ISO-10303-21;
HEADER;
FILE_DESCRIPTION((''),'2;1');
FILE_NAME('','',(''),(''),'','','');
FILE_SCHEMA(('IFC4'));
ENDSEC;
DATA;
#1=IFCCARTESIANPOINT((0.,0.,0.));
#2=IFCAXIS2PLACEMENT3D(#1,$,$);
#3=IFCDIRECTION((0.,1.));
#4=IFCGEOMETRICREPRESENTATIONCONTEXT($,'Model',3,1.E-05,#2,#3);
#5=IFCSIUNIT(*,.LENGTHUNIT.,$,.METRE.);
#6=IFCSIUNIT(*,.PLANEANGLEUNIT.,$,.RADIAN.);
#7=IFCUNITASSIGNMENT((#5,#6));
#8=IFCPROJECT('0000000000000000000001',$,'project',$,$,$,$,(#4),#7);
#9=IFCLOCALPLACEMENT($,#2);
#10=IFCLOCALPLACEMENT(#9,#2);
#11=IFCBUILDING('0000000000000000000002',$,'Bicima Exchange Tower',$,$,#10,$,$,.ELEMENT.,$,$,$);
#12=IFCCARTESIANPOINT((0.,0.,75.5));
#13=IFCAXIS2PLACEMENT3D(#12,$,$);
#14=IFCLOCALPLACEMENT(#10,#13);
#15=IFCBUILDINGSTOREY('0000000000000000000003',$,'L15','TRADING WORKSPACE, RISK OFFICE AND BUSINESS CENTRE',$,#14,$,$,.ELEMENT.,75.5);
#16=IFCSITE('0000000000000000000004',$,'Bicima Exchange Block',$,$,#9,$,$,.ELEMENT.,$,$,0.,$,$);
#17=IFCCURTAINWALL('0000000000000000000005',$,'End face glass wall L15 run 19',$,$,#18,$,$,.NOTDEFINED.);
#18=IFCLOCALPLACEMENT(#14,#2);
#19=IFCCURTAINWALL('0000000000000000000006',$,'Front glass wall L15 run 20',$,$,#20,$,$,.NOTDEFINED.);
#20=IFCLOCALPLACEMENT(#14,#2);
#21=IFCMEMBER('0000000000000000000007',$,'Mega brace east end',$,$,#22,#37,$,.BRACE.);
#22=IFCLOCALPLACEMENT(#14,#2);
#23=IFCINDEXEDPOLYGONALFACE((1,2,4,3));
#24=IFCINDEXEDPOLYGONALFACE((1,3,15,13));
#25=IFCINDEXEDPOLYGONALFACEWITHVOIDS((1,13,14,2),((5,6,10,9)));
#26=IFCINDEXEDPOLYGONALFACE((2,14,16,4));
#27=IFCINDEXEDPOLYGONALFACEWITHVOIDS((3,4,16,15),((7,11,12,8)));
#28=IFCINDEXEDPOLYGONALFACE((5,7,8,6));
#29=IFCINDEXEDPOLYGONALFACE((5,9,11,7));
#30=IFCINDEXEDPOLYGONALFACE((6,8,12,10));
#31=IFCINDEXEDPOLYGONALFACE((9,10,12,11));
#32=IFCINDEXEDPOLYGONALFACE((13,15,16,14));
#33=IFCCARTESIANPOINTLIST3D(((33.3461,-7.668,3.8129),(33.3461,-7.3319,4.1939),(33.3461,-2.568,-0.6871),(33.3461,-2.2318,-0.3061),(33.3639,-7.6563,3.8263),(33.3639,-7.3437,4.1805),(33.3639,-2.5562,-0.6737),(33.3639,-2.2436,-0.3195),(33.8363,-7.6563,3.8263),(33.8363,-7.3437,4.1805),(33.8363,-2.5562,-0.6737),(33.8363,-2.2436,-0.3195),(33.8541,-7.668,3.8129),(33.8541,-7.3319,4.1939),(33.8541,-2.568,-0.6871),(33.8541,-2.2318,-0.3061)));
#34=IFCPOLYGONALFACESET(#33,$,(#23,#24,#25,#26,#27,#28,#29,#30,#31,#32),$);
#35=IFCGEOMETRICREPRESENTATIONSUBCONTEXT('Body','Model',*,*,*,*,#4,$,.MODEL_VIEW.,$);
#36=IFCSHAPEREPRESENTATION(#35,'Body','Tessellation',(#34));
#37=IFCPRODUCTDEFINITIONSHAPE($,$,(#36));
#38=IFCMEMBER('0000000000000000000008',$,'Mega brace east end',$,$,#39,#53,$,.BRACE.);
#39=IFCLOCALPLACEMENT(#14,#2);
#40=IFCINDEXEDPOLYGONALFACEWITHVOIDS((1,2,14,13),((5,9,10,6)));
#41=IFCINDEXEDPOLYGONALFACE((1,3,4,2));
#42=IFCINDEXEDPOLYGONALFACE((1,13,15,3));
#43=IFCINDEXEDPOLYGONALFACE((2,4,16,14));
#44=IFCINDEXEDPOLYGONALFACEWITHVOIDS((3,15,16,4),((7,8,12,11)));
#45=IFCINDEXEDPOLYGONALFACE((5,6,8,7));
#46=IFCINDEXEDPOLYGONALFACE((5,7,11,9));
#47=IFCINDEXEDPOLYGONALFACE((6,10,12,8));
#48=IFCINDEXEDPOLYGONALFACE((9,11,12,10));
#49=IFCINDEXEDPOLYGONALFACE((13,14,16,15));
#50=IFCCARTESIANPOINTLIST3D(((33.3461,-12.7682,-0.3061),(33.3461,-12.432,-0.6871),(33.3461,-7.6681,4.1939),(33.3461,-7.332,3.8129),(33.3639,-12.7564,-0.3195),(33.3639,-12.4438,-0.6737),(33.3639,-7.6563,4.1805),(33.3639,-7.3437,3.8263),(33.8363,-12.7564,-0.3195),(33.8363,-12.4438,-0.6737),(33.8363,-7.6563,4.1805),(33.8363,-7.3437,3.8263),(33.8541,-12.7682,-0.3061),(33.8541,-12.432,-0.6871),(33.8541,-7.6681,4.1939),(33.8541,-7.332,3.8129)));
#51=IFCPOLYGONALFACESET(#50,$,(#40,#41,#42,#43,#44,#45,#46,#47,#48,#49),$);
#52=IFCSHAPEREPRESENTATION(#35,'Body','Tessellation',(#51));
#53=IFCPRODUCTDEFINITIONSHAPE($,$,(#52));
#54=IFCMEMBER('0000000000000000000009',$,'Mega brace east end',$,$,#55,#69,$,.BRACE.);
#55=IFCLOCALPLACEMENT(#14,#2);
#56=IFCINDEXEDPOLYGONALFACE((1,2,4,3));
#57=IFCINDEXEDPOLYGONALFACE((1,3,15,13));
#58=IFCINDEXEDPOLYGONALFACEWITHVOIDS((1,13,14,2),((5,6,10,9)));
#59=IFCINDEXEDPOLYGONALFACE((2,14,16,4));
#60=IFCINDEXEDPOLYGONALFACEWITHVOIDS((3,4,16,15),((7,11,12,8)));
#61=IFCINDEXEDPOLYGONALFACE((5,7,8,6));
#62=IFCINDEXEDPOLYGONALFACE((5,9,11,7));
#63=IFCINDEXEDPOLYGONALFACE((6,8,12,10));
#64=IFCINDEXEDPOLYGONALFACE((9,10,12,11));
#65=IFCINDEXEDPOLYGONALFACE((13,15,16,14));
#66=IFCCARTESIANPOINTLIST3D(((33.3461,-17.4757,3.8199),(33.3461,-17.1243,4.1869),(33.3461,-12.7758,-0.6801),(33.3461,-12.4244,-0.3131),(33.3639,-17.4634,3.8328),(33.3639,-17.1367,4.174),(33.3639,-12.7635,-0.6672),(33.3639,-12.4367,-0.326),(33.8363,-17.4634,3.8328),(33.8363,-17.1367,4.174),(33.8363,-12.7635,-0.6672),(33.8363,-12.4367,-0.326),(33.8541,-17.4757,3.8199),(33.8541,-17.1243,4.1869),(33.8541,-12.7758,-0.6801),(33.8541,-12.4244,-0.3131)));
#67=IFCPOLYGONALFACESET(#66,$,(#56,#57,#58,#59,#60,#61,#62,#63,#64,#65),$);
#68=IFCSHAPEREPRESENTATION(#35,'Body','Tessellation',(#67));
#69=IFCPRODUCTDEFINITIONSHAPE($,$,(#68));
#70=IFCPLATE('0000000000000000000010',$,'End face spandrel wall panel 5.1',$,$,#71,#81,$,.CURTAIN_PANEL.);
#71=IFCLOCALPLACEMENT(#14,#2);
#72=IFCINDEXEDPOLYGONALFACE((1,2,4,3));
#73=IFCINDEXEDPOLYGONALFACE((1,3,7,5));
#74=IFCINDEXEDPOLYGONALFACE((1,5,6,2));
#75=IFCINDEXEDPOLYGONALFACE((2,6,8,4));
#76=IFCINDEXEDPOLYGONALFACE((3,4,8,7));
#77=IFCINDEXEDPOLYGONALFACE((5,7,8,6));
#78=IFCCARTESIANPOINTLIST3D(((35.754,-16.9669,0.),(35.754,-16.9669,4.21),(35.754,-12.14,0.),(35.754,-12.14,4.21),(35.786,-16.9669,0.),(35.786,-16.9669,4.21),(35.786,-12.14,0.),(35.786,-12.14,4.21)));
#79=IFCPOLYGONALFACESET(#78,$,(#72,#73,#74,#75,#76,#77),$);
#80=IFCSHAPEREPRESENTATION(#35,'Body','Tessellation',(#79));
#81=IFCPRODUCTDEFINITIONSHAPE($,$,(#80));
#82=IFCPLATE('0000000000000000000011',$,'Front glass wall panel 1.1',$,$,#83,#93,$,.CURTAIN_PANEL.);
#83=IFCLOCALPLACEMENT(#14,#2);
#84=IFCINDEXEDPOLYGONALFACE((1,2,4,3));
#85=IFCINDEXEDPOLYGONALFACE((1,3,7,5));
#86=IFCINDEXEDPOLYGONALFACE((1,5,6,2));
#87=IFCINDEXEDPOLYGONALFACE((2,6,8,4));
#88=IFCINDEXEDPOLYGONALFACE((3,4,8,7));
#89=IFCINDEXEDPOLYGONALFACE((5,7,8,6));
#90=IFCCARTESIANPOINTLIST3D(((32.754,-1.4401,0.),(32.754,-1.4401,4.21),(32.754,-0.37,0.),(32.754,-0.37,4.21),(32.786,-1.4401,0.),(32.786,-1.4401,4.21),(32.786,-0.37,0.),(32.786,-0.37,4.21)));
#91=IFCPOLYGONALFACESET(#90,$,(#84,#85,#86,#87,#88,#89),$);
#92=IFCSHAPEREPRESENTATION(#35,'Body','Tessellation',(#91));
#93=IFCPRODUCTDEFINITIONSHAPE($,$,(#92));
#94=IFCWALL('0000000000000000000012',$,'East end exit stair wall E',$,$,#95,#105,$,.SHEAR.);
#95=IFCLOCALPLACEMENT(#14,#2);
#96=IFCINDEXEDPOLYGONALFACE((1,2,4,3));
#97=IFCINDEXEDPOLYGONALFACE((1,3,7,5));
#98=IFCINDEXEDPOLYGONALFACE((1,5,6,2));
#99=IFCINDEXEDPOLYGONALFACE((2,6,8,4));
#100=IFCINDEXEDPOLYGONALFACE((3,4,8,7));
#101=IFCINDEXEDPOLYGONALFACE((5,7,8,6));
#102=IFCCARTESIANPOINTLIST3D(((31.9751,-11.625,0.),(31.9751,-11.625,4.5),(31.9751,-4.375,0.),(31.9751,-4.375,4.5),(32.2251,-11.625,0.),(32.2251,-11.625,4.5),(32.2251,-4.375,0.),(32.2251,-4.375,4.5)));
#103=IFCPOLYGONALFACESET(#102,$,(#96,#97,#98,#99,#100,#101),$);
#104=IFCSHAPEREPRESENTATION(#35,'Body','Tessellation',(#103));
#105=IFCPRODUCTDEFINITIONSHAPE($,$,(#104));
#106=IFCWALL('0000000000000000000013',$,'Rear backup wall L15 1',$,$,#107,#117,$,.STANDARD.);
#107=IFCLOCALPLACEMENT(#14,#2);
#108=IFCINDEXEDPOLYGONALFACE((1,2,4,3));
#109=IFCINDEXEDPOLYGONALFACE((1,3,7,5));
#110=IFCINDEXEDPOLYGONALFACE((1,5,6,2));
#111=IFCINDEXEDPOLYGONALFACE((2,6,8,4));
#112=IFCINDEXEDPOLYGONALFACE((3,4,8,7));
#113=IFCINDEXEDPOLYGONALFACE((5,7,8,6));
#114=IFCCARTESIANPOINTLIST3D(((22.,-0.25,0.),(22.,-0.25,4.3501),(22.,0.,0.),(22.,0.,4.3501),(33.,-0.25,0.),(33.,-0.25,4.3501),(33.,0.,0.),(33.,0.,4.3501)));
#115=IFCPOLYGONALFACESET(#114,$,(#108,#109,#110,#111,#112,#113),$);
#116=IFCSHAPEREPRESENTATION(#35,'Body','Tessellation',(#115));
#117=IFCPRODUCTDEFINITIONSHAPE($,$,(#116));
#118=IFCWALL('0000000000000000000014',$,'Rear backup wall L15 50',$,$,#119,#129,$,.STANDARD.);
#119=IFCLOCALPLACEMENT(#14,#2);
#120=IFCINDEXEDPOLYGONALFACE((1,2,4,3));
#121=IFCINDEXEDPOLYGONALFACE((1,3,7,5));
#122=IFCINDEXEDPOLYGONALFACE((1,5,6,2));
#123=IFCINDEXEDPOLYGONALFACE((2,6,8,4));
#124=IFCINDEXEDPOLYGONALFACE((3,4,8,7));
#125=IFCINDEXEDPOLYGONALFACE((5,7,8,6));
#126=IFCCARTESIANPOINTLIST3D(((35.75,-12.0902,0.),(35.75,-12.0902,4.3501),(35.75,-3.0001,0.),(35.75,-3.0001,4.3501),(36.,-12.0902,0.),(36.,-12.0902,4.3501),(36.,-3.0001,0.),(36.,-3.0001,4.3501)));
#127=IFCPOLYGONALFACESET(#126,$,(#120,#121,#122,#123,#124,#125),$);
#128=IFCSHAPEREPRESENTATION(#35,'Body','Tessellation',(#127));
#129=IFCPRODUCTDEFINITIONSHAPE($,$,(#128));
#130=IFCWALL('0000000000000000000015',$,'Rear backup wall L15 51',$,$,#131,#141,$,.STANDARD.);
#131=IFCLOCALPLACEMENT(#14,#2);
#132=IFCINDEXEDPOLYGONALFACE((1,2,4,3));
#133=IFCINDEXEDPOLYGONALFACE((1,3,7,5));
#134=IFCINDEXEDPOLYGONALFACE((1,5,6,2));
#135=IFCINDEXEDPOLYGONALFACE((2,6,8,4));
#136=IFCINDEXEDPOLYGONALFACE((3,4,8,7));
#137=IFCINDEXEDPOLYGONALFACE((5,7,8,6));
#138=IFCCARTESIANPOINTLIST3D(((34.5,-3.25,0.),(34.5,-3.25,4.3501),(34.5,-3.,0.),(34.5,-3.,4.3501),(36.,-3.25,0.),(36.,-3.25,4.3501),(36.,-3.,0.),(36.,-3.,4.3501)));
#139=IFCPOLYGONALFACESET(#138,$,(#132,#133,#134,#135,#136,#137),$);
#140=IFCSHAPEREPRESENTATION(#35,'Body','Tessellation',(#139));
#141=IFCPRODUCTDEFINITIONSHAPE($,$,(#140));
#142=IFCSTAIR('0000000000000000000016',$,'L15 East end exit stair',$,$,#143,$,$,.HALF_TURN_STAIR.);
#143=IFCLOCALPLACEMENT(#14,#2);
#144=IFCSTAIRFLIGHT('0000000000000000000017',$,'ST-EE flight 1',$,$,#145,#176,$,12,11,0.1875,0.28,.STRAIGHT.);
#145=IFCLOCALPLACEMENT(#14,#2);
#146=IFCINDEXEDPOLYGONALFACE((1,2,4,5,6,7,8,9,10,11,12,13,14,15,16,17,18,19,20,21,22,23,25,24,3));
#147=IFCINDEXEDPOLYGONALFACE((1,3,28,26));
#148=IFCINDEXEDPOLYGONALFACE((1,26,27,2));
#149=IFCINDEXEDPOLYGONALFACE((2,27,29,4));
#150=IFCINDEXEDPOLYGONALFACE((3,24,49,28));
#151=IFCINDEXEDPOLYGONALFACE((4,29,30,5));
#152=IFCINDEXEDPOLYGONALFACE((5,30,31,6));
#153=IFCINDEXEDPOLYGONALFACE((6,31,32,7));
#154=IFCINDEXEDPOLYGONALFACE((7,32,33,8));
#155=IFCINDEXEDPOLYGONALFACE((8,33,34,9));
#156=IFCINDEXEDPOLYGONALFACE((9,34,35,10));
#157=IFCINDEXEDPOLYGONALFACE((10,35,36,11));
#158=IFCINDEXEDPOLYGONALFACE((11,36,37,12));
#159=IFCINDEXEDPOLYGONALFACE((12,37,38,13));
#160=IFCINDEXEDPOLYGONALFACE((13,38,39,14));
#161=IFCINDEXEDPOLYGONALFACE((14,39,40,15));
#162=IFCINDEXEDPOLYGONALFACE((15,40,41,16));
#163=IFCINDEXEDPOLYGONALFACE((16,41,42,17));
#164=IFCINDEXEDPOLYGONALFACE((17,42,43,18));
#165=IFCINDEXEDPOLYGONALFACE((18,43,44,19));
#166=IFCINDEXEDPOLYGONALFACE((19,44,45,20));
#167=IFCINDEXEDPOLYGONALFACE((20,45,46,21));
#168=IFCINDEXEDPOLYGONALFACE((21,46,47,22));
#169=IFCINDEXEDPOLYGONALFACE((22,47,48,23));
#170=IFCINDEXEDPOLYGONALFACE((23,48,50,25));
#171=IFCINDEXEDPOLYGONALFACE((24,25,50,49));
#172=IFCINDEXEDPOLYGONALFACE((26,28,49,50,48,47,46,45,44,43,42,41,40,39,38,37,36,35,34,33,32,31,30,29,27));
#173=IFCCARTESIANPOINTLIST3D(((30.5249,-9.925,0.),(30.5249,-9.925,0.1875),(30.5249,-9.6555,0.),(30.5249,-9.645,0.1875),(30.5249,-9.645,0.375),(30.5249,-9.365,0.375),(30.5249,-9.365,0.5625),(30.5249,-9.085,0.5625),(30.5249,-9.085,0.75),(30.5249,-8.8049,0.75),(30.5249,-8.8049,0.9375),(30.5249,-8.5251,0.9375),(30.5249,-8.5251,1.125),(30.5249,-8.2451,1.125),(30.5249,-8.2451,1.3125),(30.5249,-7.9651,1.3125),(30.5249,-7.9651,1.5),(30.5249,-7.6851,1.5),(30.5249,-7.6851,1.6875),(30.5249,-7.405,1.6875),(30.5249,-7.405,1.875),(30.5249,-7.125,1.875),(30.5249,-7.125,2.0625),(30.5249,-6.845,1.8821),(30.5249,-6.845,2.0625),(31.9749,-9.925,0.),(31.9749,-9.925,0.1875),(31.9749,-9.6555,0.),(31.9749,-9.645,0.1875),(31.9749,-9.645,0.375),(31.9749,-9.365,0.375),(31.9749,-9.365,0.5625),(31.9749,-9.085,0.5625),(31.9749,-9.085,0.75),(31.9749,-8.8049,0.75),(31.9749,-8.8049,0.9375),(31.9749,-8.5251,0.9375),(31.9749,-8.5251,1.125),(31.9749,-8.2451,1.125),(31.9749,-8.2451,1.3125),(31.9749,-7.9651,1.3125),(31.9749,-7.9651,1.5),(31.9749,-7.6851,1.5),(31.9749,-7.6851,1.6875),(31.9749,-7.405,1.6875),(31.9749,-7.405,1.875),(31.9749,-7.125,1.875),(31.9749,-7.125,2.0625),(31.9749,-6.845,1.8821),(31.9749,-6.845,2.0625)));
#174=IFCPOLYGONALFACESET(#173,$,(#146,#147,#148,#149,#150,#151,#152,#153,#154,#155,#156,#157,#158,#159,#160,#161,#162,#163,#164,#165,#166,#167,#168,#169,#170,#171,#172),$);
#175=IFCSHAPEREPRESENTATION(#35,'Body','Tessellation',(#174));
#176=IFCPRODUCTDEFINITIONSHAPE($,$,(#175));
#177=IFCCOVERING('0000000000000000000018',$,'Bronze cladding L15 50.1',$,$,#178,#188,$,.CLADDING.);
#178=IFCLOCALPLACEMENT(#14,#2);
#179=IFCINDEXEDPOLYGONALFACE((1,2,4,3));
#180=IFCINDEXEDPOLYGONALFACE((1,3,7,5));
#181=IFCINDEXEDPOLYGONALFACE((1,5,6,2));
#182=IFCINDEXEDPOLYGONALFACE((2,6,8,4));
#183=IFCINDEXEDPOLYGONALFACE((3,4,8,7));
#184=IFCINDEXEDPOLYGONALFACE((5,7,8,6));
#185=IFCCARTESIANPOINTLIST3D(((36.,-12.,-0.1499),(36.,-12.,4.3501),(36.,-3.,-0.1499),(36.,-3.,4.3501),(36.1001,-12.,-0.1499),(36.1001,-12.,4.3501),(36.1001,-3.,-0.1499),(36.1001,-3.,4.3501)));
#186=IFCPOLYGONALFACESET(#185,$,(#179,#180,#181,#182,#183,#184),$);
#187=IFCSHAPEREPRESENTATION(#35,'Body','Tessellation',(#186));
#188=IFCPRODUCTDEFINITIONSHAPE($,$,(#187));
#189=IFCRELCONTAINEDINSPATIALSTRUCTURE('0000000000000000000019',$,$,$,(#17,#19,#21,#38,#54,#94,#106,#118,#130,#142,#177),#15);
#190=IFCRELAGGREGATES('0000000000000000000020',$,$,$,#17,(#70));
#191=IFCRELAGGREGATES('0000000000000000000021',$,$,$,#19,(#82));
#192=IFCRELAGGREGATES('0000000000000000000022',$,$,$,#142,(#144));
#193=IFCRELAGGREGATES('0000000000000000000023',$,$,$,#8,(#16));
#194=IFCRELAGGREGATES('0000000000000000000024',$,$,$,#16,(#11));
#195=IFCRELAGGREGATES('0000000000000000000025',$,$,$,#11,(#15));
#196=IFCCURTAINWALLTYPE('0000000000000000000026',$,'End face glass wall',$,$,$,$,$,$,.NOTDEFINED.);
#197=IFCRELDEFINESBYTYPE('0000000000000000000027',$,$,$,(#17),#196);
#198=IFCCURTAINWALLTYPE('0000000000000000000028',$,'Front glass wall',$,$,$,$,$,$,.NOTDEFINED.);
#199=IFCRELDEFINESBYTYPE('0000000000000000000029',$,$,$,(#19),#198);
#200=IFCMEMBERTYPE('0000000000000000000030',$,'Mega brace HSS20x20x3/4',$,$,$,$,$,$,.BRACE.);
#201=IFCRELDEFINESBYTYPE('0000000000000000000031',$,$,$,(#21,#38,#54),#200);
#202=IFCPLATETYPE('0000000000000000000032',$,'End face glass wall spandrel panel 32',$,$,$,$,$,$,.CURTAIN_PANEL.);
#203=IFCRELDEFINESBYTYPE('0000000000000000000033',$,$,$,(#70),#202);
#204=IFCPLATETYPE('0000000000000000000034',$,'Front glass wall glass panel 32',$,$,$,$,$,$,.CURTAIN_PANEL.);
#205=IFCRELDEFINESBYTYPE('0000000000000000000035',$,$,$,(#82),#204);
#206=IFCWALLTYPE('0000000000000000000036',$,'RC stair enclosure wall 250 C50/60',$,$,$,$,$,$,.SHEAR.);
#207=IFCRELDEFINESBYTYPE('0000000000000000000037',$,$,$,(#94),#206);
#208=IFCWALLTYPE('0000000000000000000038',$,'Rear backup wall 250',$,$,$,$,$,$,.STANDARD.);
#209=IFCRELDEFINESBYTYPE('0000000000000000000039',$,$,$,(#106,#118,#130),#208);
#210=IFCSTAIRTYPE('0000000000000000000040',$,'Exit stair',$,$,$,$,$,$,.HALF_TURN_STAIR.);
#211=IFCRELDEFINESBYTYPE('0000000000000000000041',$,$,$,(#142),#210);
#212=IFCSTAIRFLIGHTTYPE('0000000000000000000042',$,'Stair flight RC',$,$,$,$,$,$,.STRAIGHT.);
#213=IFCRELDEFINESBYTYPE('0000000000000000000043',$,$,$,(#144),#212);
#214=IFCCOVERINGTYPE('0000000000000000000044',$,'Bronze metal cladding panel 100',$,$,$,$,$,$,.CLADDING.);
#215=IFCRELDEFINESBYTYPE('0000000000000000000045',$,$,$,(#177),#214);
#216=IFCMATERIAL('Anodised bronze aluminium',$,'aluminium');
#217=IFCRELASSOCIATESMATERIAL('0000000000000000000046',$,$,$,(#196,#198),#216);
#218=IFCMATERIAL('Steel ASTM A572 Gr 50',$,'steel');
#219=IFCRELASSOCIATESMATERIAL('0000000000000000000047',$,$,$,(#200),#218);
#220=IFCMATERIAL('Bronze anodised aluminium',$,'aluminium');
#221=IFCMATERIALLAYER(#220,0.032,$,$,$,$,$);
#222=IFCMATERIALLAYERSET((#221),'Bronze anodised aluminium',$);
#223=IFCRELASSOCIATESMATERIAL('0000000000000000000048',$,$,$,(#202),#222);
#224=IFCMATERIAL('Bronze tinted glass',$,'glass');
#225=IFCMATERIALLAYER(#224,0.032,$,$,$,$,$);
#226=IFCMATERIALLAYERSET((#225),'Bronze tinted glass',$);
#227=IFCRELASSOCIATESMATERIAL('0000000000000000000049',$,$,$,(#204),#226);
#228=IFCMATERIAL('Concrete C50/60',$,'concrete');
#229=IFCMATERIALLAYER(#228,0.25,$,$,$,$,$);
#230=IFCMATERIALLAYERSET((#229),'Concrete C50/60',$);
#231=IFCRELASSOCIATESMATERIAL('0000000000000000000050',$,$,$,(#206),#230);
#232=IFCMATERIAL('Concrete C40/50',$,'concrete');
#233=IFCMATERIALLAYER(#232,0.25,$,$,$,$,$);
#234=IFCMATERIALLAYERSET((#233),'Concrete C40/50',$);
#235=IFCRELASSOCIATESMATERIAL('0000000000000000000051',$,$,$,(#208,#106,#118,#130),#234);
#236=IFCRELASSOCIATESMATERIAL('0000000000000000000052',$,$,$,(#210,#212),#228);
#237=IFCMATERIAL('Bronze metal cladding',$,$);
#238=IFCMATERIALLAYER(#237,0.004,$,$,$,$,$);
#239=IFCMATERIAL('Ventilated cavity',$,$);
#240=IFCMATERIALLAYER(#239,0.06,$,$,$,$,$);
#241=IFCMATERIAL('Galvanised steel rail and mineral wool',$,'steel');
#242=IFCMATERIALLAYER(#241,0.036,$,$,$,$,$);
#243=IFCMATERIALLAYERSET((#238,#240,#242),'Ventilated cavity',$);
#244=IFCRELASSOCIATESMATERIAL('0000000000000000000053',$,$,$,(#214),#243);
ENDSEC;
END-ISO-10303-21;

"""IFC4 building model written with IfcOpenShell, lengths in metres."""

from ifc_helpers import new_model, si_unit, direction, frame, frame_2d, origin, origin_2d, place, context, subcontext, project, spatial, polyline, rectangle, hollow_rectangle, outline, extrude, material, layer, layer_set, layer_usage, material_profile, profile_set, type_object, element, aggregate, save


model = new_model("IFC4")

# Units and contexts
model_context = context("Model", 3, precision=1e-05, world=origin(), true_north=direction((0.0, 1.0)))
body_context = subcontext(model_context, "Body", "Model", "MODEL_VIEW")
ifc_project = project(units=[si_unit("LENGTHUNIT", "METRE"), si_unit("PLANEANGLEUNIT", "RADIAN")], contexts=[model_context])

# Site, building, storey
site_placement = place(None, origin())
site = spatial("IfcSite", under=ifc_project, at=site_placement, Name="Bicima Exchange Block", CompositionType="ELEMENT", RefElevation=0.0)
building_placement = place(site_placement, origin())
building = spatial("IfcBuilding", under=site, at=building_placement, Name="Bicima Exchange Tower", CompositionType="ELEMENT")
storey_placement = place(building_placement, frame((0.0, 0.0, 75.5)))
storey = spatial("IfcBuildingStorey", under=building, at=storey_placement, Name="L15", Description="TRADING WORKSPACE, RISK OFFICE AND BUSINESS CENTRE", CompositionType="ELEMENT", Elevation=75.5)

# Shared definitions
ifc_material_1 = material(Name="Steel ASTM A572 Gr 50", Category="steel")

# Curtain wall
ifc_material_2 = material(Name="Anodised bronze aluminium", Category="aluminium")
curtain_wall_type_1 = type_object("IfcCurtainWallType", Name="End face glass wall", PredefinedType="NOTDEFINED", material=ifc_material_2)
curtain_wall_1_placement = place(storey_placement, origin())
curtain_wall_1 = element("IfcCurtainWall", 1, at=curtain_wall_1_placement, inside=storey, type_object=curtain_wall_type_1, Name="End face glass wall L15 run 19", PredefinedType="NOTDEFINED")

# Curtain wall
curtain_wall_type_2 = type_object("IfcCurtainWallType", Name="Front glass wall", PredefinedType="NOTDEFINED", material=ifc_material_2)
curtain_wall_2_placement = place(storey_placement, origin())
curtain_wall_2 = element("IfcCurtainWall", 2, at=curtain_wall_2_placement, inside=storey, type_object=curtain_wall_type_2, Name="Front glass wall L15 run 20", PredefinedType="NOTDEFINED")

# Members
ifc_material_profile_1 = material_profile(ifc_material_1, hollow_rectangle(XDim=0.5081, YDim=0.5081, WallThickness=0.0178, at=origin_2d()))
ifc_profile_set_1 = profile_set([ifc_material_profile_1], Name="Steel ASTM A572 Gr 50")
member_type_1 = type_object("IfcMemberType", Name="Mega brace HSS20x20x3/4", PredefinedType="BRACE", material=ifc_profile_set_1)
for number, where, z_axis, x_axis, name in (
    (3, (33.6001, -2.3999, -0.4966), (0.0, -0.749844, 0.661615), (1.0, 0.0, 0.0), "Mega brace east end"),
    (4, (33.6001, -12.6001, -0.4966), (0.0, 0.749844, 0.661615), (-1.0, 0.0, 0.0), "Mega brace east end"),
):
    element("IfcMember", number, at=place(storey_placement, frame(where, z_axis=z_axis, x_axis=x_axis)), inside=storey, type_object=member_type_1, Name=name, PredefinedType="BRACE", context=body_context, shape_type="SweptSolid", body=[
        extrude(hollow_rectangle(XDim=0.5081, YDim=0.5081, WallThickness=0.0178, at=origin_2d()), origin(), (0.0, 0.0, 1.0), 6.8015),
    ])
member_1_placement = place(storey_placement, frame((33.6001, -12.6001, -0.4966), z_axis=(0.0, -0.722304, 0.691575), x_axis=(1.0, 0.0, 0.0)))
element("IfcMember", 5, at=member_1_placement, inside=storey, type_object=member_type_1, Name="Mega brace east end", PredefinedType="BRACE", context=body_context, shape_type="SweptSolid", body=[
    extrude(hollow_rectangle(XDim=0.5081, YDim=0.5081, WallThickness=0.0178, at=origin_2d()), origin(), (0.0, 0.0, 1.0), 6.5068),
])

# Plates
ifc_material_3 = material(Name="Bronze anodised aluminium", Category="aluminium")
ifc_layer_1 = layer(ifc_material_3, 0.032)
ifc_layer_set_1 = layer_set([ifc_layer_1], Name="Bronze anodised aluminium")
plate_type_1 = type_object("IfcPlateType", Name="End face glass wall spandrel panel 32", PredefinedType="CURTAIN_PANEL", material=ifc_layer_set_1)
plate_1_placement = place(storey_placement, frame((35.77, -14.5535, 0.0), z_axis=(0.0, 0.0, 1.0), x_axis=(0.0, 1.0, 0.0)))
plate_1 = element("IfcPlate", 6, at=plate_1_placement, type_object=plate_type_1, Name="End face spandrel wall panel 5.1", PredefinedType="CURTAIN_PANEL", context=body_context, shape_type="SweptSolid", body=[
    extrude(rectangle(XDim=4.8269, YDim=0.032, at=origin_2d()), origin(), (0.0, 0.0, 1.0), 4.21),
])
aggregate(curtain_wall_1, [plate_1])
ifc_material_4 = material(Name="Bronze tinted glass", Category="glass")
ifc_layer_2 = layer(ifc_material_4, 0.032)
ifc_layer_set_2 = layer_set([ifc_layer_2], Name="Bronze tinted glass")
plate_type_2 = type_object("IfcPlateType", Name="Front glass wall glass panel 32", PredefinedType="CURTAIN_PANEL", material=ifc_layer_set_2)
plate_2_placement = place(storey_placement, frame((32.77, -0.905, 0.0), z_axis=(0.0, 0.0, 1.0), x_axis=(0.0, 1.0, 0.0)))
plate_2 = element("IfcPlate", 7, at=plate_2_placement, type_object=plate_type_2, Name="Front glass wall panel 1.1", PredefinedType="CURTAIN_PANEL", context=body_context, shape_type="SweptSolid", body=[
    extrude(rectangle(XDim=1.0701, YDim=0.032, at=origin_2d()), origin(), (0.0, 0.0, 1.0), 4.21),
])
aggregate(curtain_wall_2, [plate_2])

# Walls
ifc_material_5 = material(Name="Concrete C50/60", Category="concrete")
ifc_layer_3 = layer(ifc_material_5, 0.25)
ifc_layer_set_3 = layer_set([ifc_layer_3], Name="Concrete C50/60")
wall_type_1 = type_object("IfcWallType", Name="RC stair enclosure wall 250 C50/60", PredefinedType="SHEAR", material=ifc_layer_set_3)
wall_1_placement = place(storey_placement, frame((32.1001, -11.625, 0.0), z_axis=(0.0, 0.0, 1.0), x_axis=(0.0, 1.0, 0.0)))
element("IfcWall", 8, at=wall_1_placement, inside=storey, type_object=wall_type_1, Name="East end exit stair wall E", PredefinedType="SHEAR", context=body_context, shape_type="SweptSolid", body=[
    extrude(rectangle(XDim=7.25, YDim=0.25, at=frame_2d((3.625, 0.0))), origin(), (0.0, 0.0, 1.0), 4.5),
])
ifc_material_6 = material(Name="Concrete C40/50", Category="concrete")
ifc_layer_4 = layer(ifc_material_6, 0.25)
ifc_layer_set_4 = layer_set([ifc_layer_4], Name="Concrete C40/50")
ifc_layer_usage = layer_usage(ifc_layer_set_4, "AXIS2", "POSITIVE", -0.125)
wall_type_2 = type_object("IfcWallType", Name="Rear backup wall 250", PredefinedType="STANDARD", material=ifc_layer_set_4)
wall_2_placement = place(storey_placement, frame((33.0, -0.125, 0.0), z_axis=(0.0, 0.0, 1.0), x_axis=(-1.0, 0.0, 0.0)))
element("IfcWall", 9, at=wall_2_placement, inside=storey, type_object=wall_type_2, material=ifc_layer_usage, Name="Rear backup wall L15 1", PredefinedType="STANDARD", context=body_context, shape_type="SweptSolid", body=[
    extrude(rectangle(XDim=11.0, YDim=0.25, at=frame_2d((5.5, 0.0))), origin(), (0.0, 0.0, 1.0), 4.3501),
])
wall_3_placement = place(storey_placement, frame((35.875, -12.0901, 0.0), z_axis=(0.0, 0.0, 1.0), x_axis=(0.0, 1.0, 0.0)))
element("IfcWall", 10, at=wall_3_placement, inside=storey, type_object=wall_type_2, material=ifc_layer_usage, Name="Rear backup wall L15 50", PredefinedType="STANDARD", context=body_context, shape_type="SweptSolid", body=[
    extrude(rectangle(XDim=9.0901, YDim=0.25, at=frame_2d((4.5449, 0.0))), origin(), (0.0, 0.0, 1.0), 4.3501),
])
wall_4_placement = place(storey_placement, frame((36.0, -3.125, 0.0), z_axis=(0.0, 0.0, 1.0), x_axis=(-1.0, 0.0, 0.0)))
element("IfcWall", 11, at=wall_4_placement, inside=storey, type_object=wall_type_2, material=ifc_layer_usage, Name="Rear backup wall L15 51", PredefinedType="STANDARD", context=body_context, shape_type="SweptSolid", body=[
    extrude(rectangle(XDim=1.5, YDim=0.25, at=frame_2d((0.75, 0.0))), origin(), (0.0, 0.0, 1.0), 4.3501),
])

# Stair, stair flight
stair_type = type_object("IfcStairType", Name="Exit stair", PredefinedType="HALF_TURN_STAIR", material=ifc_material_5)
stair_placement = place(storey_placement, origin())
stair = element("IfcStair", 12, at=stair_placement, inside=storey, type_object=stair_type, Name="L15 East end exit stair", PredefinedType="HALF_TURN_STAIR")
stair_flight_type = type_object("IfcStairFlightType", Name="Stair flight RC", PredefinedType="STRAIGHT", material=ifc_material_5)
stair_flight_placement = place(storey_placement, frame((31.25, -9.925, 0.0), z_axis=(0.0, 0.0, 1.0), x_axis=(0.0, 1.0, 0.0)))
stair_flight = element("IfcStairFlight", 13, at=stair_flight_placement, type_object=stair_flight_type, Name="ST-EE flight 1", NumberOfRisers=12, NumberOfTreads=11, PredefinedType="STRAIGHT", RiserHeight=0.1875, TreadLength=0.28, context=body_context, shape_type="SweptSolid", body=[
    extrude(outline(polyline([(0.0, 0.0), (0.0, 0.1875), (0.28, 0.1875), (0.28, 0.375), (0.5601, 0.375), (0.5601, 0.5625), (0.8401, 0.5625), (0.8401, 0.75), (1.1201, 0.75), (1.1201, 0.9375), (1.3999, 0.9375), (1.3999, 1.125), (1.6799, 1.125), (1.6799, 1.3125), (1.96, 1.3125), (1.96, 1.5), (2.24, 1.5), (2.24, 1.6875), (2.52, 1.6875), (2.52, 1.875), (2.8, 1.875), (2.8, 2.0625), (3.0801, 2.0625), (3.0801, 2.25), (3.0801, 1.8821), (0.2695, 0.0), (0.0, 0.0)])), frame((0.0, 0.7251, 0.0), z_axis=(0.0, -1.0, 0.0), x_axis=(1.0, 0.0, 0.0)), (0.0, 0.0, 1.0), 1.45),
])
aggregate(stair, [stair_flight])

# Covering
ifc_material_7 = material(Name="Bronze metal cladding")
ifc_layer_5 = layer(ifc_material_7, 0.004)
ifc_material_8 = material(Name="Ventilated cavity")
ifc_layer_6 = layer(ifc_material_8, 0.06)
ifc_material_9 = material(Name="Galvanised steel rail and mineral wool", Category="steel")
ifc_layer_7 = layer(ifc_material_9, 0.036)
ifc_layer_set_5 = layer_set([ifc_layer_5, ifc_layer_6, ifc_layer_7], Name="Ventilated cavity")
covering_type = type_object("IfcCoveringType", Name="Bronze metal cladding panel 100", PredefinedType="CLADDING", material=ifc_layer_set_5)
covering_1_placement = place(storey_placement, frame((36.05, -7.5, -0.1499), z_axis=(0.0, 0.0, 1.0), x_axis=(0.0, 1.0, 0.0)))
element("IfcCovering", 14, at=covering_1_placement, inside=storey, type_object=covering_type, Name="Bronze cladding L15 50.1", PredefinedType="CLADDING", context=body_context, shape_type="SweptSolid", body=[
    extrude(rectangle(XDim=9.0, YDim=0.1001, at=origin_2d()), origin(), (0.0, 0.0, 1.0), 4.5),
])

save(model, "model.ifc")
